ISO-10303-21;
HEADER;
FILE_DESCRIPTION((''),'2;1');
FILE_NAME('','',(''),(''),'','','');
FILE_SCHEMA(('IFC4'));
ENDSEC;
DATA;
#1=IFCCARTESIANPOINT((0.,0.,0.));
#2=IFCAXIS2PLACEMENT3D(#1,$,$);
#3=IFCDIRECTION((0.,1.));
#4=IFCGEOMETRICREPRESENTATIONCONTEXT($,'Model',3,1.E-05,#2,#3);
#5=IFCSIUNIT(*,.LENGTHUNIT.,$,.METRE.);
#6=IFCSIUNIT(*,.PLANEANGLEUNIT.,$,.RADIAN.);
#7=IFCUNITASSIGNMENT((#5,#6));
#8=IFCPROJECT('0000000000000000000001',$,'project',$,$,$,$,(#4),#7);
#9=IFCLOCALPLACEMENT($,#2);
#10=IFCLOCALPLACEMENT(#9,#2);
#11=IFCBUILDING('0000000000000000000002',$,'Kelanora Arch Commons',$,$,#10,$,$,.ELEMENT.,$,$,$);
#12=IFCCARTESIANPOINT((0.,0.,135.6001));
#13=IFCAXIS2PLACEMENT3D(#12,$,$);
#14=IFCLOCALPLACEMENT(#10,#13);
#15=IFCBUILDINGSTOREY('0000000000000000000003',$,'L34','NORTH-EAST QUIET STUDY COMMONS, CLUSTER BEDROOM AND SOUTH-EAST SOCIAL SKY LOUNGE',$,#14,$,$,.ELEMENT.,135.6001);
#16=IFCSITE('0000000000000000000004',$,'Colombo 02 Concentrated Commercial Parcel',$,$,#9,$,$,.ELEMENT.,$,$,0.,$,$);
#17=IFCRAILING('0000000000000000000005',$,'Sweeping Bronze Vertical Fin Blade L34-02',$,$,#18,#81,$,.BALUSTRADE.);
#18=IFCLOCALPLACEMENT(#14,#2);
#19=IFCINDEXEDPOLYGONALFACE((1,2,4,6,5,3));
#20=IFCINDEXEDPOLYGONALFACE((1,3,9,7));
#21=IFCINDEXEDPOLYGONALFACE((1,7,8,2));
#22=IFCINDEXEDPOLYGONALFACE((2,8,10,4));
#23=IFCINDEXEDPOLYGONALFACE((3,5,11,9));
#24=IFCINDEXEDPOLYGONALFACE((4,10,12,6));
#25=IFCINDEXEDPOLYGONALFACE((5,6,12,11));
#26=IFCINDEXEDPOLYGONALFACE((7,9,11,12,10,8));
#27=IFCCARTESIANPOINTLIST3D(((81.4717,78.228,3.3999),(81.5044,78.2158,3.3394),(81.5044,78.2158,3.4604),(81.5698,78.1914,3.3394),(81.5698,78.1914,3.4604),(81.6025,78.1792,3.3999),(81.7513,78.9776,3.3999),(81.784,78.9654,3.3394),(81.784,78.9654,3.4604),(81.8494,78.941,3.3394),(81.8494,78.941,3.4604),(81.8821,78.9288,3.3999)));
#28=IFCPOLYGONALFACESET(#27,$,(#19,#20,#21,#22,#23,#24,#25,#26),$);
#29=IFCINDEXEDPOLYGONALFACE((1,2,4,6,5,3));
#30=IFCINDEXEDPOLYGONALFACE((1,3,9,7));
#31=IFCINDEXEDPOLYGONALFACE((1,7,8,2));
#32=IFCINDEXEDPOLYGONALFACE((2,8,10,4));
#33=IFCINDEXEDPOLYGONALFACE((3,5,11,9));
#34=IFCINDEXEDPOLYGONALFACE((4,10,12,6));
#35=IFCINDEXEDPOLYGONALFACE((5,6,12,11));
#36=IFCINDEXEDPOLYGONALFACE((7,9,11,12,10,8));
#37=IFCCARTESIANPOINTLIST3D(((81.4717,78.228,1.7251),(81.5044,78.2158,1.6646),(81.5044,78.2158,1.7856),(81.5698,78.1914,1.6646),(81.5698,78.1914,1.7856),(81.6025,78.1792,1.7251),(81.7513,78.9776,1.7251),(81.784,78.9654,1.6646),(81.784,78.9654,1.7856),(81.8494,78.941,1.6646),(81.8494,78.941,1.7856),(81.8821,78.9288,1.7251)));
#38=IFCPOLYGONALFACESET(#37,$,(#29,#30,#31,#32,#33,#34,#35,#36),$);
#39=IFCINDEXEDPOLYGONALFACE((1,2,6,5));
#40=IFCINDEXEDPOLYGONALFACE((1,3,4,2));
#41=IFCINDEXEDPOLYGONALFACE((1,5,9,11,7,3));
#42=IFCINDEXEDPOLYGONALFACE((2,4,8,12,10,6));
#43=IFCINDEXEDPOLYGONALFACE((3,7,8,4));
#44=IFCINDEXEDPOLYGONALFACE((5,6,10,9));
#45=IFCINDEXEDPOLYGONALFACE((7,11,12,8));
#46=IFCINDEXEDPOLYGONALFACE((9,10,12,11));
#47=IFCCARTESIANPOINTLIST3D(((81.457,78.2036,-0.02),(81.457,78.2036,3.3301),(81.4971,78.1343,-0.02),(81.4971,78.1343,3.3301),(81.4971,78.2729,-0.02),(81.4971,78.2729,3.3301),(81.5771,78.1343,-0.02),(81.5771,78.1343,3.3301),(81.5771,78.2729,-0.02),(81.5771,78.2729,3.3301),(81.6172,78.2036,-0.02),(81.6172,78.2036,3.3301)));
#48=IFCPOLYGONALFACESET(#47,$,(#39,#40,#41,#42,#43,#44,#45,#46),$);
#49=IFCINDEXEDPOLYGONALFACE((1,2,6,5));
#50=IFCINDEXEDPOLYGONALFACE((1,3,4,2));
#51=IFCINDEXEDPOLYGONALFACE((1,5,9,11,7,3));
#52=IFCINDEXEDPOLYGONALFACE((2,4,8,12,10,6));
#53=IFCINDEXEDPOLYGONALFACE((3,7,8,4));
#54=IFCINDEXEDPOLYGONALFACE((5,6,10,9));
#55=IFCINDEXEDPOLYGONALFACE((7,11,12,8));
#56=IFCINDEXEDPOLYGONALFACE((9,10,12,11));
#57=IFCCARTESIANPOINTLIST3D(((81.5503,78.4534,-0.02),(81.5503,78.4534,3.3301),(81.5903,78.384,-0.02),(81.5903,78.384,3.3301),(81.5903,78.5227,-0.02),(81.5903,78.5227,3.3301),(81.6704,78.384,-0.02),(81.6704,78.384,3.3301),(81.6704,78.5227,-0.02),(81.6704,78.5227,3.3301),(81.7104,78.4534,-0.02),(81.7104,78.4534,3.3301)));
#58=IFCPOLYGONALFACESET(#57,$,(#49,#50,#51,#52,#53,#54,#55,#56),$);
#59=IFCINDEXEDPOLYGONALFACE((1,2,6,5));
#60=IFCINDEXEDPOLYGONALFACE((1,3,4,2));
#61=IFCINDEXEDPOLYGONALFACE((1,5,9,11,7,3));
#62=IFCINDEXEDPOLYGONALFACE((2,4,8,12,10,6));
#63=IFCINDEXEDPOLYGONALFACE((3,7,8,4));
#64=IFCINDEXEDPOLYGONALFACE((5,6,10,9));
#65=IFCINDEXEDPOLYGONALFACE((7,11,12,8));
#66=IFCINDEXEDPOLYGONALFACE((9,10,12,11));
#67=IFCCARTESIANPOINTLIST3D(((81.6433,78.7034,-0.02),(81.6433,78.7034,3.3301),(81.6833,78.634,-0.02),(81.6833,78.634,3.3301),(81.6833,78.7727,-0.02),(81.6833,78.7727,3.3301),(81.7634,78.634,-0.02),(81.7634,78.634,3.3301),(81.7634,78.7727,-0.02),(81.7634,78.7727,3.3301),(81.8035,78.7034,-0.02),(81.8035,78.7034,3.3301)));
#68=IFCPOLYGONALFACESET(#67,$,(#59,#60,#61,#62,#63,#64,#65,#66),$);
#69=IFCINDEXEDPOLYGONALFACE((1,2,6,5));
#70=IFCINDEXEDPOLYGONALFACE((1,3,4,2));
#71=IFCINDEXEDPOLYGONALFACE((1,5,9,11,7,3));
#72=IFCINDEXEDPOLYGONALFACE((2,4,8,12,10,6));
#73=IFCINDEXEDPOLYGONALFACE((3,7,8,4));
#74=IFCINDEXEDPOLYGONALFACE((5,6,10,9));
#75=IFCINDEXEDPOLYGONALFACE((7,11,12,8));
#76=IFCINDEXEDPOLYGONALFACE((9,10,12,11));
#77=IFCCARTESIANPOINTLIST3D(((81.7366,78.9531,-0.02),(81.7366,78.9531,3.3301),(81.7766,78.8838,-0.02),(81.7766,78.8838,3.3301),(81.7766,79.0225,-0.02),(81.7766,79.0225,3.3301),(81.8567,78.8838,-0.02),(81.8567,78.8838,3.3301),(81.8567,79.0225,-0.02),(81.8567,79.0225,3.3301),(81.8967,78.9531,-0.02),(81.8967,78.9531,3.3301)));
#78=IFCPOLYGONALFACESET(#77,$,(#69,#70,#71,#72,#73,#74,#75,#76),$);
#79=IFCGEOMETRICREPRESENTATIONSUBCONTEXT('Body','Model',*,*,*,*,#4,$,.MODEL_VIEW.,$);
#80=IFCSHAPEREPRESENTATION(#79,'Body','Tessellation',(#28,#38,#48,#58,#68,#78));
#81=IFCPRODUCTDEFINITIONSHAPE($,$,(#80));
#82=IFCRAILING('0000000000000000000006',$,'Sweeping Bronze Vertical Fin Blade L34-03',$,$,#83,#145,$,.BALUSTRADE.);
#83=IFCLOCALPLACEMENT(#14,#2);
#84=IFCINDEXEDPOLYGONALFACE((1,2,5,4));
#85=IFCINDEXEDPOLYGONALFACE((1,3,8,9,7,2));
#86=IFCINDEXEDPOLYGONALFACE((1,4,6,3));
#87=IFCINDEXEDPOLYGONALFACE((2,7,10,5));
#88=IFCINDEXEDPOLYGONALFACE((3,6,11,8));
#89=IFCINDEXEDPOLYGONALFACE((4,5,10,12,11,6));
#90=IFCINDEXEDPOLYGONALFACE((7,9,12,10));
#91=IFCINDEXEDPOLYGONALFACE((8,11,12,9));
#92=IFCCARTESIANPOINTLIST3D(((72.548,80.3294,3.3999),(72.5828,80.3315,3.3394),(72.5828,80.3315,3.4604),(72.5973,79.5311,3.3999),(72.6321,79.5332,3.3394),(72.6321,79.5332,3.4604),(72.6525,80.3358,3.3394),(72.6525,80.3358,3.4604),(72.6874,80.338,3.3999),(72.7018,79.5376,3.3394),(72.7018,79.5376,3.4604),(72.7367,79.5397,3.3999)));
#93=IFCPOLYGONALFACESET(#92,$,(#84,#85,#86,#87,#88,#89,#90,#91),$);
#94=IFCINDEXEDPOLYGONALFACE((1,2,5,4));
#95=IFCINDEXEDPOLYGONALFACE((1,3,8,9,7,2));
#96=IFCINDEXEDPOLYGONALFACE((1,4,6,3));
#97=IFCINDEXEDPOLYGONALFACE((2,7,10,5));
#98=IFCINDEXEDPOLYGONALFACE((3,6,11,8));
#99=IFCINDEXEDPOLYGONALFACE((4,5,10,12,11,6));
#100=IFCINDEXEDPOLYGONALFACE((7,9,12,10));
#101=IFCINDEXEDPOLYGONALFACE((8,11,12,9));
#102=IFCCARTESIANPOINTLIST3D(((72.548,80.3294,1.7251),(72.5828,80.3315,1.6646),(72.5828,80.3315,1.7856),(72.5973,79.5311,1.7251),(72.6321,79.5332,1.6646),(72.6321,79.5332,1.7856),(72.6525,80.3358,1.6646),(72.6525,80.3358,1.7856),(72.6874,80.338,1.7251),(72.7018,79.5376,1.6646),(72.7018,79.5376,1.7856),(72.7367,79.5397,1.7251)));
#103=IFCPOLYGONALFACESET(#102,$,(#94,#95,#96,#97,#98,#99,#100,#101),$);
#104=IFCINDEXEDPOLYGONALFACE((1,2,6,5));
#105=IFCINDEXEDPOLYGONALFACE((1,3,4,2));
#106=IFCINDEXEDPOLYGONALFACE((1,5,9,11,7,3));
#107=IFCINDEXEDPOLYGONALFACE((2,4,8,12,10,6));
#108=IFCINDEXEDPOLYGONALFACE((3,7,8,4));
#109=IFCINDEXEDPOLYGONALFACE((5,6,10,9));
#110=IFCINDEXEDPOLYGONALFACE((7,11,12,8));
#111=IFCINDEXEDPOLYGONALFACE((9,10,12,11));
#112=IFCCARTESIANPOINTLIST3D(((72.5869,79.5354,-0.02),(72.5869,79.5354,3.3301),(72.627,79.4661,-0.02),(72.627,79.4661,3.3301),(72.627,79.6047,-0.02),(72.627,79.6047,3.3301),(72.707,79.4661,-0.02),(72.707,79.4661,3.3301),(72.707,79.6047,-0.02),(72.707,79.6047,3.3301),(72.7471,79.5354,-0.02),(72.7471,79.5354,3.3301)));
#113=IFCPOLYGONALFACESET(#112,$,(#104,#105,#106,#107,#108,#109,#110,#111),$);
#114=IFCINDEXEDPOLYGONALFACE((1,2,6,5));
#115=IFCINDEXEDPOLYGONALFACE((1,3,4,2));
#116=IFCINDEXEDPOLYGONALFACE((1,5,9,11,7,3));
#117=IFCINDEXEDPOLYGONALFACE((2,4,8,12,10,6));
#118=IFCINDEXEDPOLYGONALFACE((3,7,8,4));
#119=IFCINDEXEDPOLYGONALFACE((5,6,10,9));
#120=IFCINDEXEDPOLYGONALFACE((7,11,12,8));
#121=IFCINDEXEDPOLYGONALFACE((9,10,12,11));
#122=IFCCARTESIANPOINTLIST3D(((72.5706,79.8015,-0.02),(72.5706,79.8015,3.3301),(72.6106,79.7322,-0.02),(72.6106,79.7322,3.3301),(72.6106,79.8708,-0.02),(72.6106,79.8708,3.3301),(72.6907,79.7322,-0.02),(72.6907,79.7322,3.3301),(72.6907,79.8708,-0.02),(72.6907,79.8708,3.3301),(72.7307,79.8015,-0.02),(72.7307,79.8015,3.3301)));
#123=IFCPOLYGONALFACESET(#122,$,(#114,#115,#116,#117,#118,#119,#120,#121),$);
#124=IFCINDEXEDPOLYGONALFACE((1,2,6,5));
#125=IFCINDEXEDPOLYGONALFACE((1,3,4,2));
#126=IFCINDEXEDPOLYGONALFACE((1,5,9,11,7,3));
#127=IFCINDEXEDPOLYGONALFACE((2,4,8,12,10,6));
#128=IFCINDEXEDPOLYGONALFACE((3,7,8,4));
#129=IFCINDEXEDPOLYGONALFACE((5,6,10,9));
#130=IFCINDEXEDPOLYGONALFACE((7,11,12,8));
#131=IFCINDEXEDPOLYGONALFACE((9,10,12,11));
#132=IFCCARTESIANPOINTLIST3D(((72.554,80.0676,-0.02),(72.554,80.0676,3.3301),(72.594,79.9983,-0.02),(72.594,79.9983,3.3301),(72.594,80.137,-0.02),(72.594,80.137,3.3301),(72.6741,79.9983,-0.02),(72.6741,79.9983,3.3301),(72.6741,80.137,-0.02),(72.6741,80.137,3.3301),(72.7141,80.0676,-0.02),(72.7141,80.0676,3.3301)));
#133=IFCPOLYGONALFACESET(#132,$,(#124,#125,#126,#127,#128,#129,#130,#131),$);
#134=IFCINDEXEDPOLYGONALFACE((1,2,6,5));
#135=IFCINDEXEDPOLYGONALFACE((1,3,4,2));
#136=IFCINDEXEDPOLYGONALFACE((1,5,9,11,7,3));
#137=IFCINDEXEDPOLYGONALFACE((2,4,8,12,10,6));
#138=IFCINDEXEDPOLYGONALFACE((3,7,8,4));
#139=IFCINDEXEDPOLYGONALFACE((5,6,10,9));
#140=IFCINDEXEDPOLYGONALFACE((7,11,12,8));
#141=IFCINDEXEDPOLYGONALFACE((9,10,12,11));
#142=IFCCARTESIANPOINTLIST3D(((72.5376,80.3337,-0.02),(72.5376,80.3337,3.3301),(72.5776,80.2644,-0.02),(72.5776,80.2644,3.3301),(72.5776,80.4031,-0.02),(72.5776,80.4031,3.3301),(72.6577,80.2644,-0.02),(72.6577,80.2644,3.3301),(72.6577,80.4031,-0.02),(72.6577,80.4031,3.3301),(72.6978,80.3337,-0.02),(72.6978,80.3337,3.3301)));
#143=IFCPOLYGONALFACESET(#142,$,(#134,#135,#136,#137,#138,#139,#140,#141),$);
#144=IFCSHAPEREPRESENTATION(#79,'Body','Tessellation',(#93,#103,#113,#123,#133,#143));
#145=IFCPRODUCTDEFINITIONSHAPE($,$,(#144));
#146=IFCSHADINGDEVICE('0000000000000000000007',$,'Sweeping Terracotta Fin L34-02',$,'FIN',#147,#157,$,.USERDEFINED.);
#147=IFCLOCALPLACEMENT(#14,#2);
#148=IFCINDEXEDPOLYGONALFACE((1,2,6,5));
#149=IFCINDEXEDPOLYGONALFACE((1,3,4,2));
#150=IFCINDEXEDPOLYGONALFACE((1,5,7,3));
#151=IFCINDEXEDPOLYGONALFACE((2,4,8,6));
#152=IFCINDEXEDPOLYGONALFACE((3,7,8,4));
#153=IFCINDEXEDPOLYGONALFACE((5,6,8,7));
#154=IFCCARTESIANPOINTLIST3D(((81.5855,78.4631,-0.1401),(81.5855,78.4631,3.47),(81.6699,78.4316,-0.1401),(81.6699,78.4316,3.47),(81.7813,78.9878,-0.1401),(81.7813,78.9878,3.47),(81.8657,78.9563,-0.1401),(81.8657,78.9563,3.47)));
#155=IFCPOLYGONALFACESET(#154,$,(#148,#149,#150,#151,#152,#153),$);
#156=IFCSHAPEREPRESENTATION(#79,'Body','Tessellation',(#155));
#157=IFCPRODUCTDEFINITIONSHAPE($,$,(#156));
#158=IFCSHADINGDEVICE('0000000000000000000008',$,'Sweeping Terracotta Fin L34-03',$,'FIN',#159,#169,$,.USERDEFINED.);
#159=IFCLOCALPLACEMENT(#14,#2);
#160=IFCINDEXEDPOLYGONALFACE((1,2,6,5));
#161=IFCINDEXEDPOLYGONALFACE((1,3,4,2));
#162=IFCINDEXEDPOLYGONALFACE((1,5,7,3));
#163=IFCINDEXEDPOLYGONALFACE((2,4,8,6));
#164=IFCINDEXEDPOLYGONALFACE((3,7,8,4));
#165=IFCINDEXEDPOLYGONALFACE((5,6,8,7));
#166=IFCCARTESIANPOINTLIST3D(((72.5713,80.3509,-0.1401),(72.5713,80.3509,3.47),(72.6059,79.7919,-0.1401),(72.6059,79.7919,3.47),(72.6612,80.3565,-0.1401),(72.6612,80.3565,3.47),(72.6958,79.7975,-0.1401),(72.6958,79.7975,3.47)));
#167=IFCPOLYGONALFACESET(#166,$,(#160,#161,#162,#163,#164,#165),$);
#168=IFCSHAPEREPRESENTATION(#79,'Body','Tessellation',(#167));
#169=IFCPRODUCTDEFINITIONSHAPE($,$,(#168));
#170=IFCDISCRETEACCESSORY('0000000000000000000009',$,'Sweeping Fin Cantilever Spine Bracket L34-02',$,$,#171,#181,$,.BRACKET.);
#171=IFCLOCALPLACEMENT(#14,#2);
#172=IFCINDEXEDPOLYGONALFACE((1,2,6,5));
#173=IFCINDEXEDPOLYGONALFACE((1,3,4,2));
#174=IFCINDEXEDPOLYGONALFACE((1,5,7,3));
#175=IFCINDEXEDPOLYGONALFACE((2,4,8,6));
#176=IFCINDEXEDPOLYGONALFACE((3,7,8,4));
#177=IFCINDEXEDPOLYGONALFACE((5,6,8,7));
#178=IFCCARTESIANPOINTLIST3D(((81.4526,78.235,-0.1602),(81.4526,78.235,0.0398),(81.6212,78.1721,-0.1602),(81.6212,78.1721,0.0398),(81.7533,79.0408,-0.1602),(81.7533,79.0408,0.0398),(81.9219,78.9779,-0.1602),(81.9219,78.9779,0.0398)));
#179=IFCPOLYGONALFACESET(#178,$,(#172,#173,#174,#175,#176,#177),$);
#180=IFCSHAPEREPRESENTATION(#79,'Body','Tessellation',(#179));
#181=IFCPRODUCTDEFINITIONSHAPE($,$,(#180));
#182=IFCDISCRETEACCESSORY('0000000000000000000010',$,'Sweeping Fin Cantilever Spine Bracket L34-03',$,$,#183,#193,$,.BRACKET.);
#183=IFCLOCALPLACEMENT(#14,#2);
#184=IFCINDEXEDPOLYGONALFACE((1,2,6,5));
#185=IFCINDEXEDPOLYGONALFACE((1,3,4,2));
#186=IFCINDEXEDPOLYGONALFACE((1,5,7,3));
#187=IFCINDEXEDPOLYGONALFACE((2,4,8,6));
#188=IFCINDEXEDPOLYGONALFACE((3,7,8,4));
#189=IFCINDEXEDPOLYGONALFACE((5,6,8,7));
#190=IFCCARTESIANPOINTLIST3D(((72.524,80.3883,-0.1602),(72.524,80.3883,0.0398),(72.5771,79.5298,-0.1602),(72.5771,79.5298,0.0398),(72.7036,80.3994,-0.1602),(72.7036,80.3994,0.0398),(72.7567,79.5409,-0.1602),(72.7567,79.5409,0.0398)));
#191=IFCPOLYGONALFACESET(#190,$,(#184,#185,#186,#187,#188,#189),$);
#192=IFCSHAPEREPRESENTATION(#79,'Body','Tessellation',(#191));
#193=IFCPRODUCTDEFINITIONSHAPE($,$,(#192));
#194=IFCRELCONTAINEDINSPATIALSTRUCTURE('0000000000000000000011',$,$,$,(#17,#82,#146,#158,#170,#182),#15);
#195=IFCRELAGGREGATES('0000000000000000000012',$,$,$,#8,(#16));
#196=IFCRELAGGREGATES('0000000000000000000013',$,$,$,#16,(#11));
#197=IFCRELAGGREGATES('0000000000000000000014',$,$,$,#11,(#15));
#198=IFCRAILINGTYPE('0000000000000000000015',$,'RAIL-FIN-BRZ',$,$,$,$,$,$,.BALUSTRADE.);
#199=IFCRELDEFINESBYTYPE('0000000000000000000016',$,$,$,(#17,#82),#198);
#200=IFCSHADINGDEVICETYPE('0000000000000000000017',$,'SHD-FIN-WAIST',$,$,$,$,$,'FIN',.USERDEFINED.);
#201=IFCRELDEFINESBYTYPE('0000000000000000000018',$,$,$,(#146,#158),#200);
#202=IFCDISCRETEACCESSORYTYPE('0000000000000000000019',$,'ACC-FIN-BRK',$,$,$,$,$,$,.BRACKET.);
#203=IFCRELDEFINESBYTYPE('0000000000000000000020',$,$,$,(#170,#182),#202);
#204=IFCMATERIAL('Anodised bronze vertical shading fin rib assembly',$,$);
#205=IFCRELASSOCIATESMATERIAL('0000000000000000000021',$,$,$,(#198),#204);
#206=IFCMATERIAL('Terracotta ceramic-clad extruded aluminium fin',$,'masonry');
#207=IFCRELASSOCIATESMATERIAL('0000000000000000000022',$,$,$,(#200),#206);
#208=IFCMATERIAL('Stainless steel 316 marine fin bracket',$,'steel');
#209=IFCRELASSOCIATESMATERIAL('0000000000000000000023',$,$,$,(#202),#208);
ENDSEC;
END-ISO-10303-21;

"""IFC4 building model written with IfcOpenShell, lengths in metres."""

from ifc_helpers import new_model, si_unit, direction, frame, origin, origin_2d, place, context, subcontext, project, spatial, polyline, rectangle, outline, extrude, source, transform, mapped, material, type_object, element, save


model = new_model("IFC4")

# Units and contexts
model_context = context("Model", 3, precision=1e-05, world=origin(), true_north=direction((0.0, 1.0)))
body_context = subcontext(model_context, "Body", "Model", "MODEL_VIEW")
ifc_project = project(units=[si_unit("LENGTHUNIT", "METRE"), si_unit("PLANEANGLEUNIT", "RADIAN")], contexts=[model_context])

# Site, building, storey
site_placement = place(None, origin())
site = spatial("IfcSite", under=ifc_project, at=site_placement, Name="Colombo 02 Concentrated Commercial Parcel", CompositionType="ELEMENT", RefElevation=0.0)
building_placement = place(site_placement, origin())
building = spatial("IfcBuilding", under=site, at=building_placement, Name="Kelanora Arch Commons", CompositionType="ELEMENT")
storey_placement = place(building_placement, frame((0.0, 0.0, 135.6001)))
storey = spatial("IfcBuildingStorey", under=building, at=storey_placement, Name="L34", Description="NORTH-EAST QUIET STUDY COMMONS, CLUSTER BEDROOM AND SOUTH-EAST SOCIAL SKY LOUNGE", CompositionType="ELEMENT", Elevation=135.6001)

# Railings
ifc_material_1 = material(Name="Anodised bronze vertical shading fin rib assembly")
railing_type = type_object("IfcRailingType", Name="RAIL-FIN-BRZ", PredefinedType="BALUSTRADE", material=ifc_material_1)
railing_1_placement = place(storey_placement, frame((81.5371, 78.2036, -0.02)))
element("IfcRailing", 1, at=railing_1_placement, inside=storey, type_object=railing_type, Name="Sweeping Bronze Vertical Fin Blade L34-02", PredefinedType="BALUSTRADE", context=body_context, shape_type="SweptSolid", body=[
    extrude(outline(polyline([(0.0698, 0.0), (0.0349, 0.0605), (-0.0349, 0.0605), (-0.0698, 0.0), (-0.0349, -0.0605), (0.0349, -0.0605), (0.0698, 0.0)])), frame((0.0, 0.0, 3.4199), z_axis=(0.349451, 0.936955, 0.0), x_axis=(-0.936955, 0.349451, 0.0)), (0.0, 0.0, 1.0), 0.8),
    extrude(outline(polyline([(0.0698, 0.0), (0.0349, 0.0605), (-0.0349, 0.0605), (-0.0698, 0.0), (-0.0349, -0.0605), (0.0349, -0.0605), (0.0698, 0.0)])), frame((0.0, 0.0, 1.7451), z_axis=(0.349451, 0.936955, 0.0), x_axis=(-0.936955, 0.349451, 0.0)), (0.0, 0.0, 1.0), 0.8),
    extrude(outline(polyline([(0.0801, 0.0), (0.04, 0.0693), (-0.04, 0.0693), (-0.0801, 0.0), (-0.04, -0.0693), (0.04, -0.0693), (0.0801, 0.0)])), origin(), (0.0, 0.0, 1.0), 3.3501),
    extrude(outline(polyline([(0.0801, 0.0), (0.04, 0.0693), (-0.04, 0.0693), (-0.0801, 0.0), (-0.04, -0.0693), (0.04, -0.0693), (0.0801, 0.0)])), frame((0.0933, 0.2498, 0.0)), (0.0, 0.0, 1.0), 3.3501),
    extrude(outline(polyline([(0.0801, 0.0), (0.04, 0.0693), (-0.04, 0.0693), (-0.0801, 0.0), (-0.04, -0.0693), (0.04, -0.0693), (0.0801, 0.0)])), frame((0.1863, 0.4998, 0.0)), (0.0, 0.0, 1.0), 3.3501),
    extrude(outline(polyline([(0.0801, 0.0), (0.04, 0.0693), (-0.04, 0.0693), (-0.0801, 0.0), (-0.04, -0.0693), (0.04, -0.0693), (0.0801, 0.0)])), frame((0.2795, 0.7495, 0.0)), (0.0, 0.0, 1.0), 3.3501),
])
railing_2_placement = place(storey_placement, frame((72.667, 79.5354, -0.02)))
element("IfcRailing", 2, at=railing_2_placement, inside=storey, type_object=railing_type, Name="Sweeping Bronze Vertical Fin Blade L34-03", PredefinedType="BALUSTRADE", context=body_context, shape_type="SweptSolid", body=[
    extrude(outline(polyline([(0.0698, 0.0), (0.0349, 0.0605), (-0.0349, 0.0605), (-0.0698, 0.0), (-0.0349, -0.0605), (0.0349, -0.0605), (0.0698, 0.0)])), frame((0.0, 0.0, 3.4199), z_axis=(-0.061656, 0.998097, 0.0), x_axis=(-0.998097, -0.061656, 0.0)), (0.0, 0.0, 1.0), 0.7998),
    extrude(outline(polyline([(0.0698, 0.0), (0.0349, 0.0605), (-0.0349, 0.0605), (-0.0698, 0.0), (-0.0349, -0.0605), (0.0349, -0.0605), (0.0698, 0.0)])), frame((0.0, 0.0, 1.7451), z_axis=(-0.061656, 0.998097, 0.0), x_axis=(-0.998097, -0.061656, 0.0)), (0.0, 0.0, 1.0), 0.7998),
    extrude(outline(polyline([(0.0801, 0.0), (0.04, 0.0693), (-0.04, 0.0693), (-0.0801, 0.0), (-0.04, -0.0693), (0.04, -0.0693), (0.0801, 0.0)])), origin(), (0.0, 0.0, 1.0), 3.3501),
    extrude(outline(polyline([(0.0801, 0.0), (0.04, 0.0693), (-0.04, 0.0693), (-0.0801, 0.0), (-0.04, -0.0693), (0.04, -0.0693), (0.0801, 0.0)])), frame((-0.0164, 0.2661, 0.0)), (0.0, 0.0, 1.0), 3.3501),
    extrude(outline(polyline([(0.0801, 0.0), (0.04, 0.0693), (-0.04, 0.0693), (-0.0801, 0.0), (-0.04, -0.0693), (0.04, -0.0693), (0.0801, 0.0)])), frame((-0.033, 0.5322, 0.0)), (0.0, 0.0, 1.0), 3.3501),
    extrude(outline(polyline([(0.0801, 0.0), (0.04, 0.0693), (-0.04, 0.0693), (-0.0801, 0.0), (-0.04, -0.0693), (0.04, -0.0693), (0.0801, 0.0)])), frame((-0.0493, 0.7983, 0.0)), (0.0, 0.0, 1.0), 3.3501),
])

# Shading devices
ifc_material_2 = material(Name="Terracotta ceramic-clad extruded aluminium fin", Category="masonry")
shading_device_type = type_object("IfcShadingDeviceType", Name="SHD-FIN-WAIST", ElementType="FIN", PredefinedType="USERDEFINED", material=ifc_material_2)
shared_shape_1 = source(origin(), body_context, "Body", "SweptSolid", [
    extrude(rectangle(XDim=0.5601, YDim=0.0901, at=origin_2d()), origin(), (0.0, 0.0, 1.0), 3.6101),
])
for number, where, z_axis, x_axis, name in (
    (3, (81.7256, 78.7097, -0.1401), (0.0, 0.0, 1.0), (0.349553, 0.936916, 0.0), "Sweeping Terracotta Fin L34-02"),
    (4, (72.6335, 80.0742, -0.1401), (0.0, 0.0, 1.0), (-0.061745, 0.998092, 0.0), "Sweeping Terracotta Fin L34-03"),
):
    element("IfcShadingDevice", number, at=place(storey_placement, frame(where, z_axis=z_axis, x_axis=x_axis)), inside=storey, type_object=shading_device_type, Name=name, ObjectType="FIN", PredefinedType="USERDEFINED", context=body_context, shape_type="MappedRepresentation", body=[
        mapped(shared_shape_1, transform((0.0, 0.0, 0.0), scale=1.0)),
    ])

# Discrete accessories
ifc_material_3 = material(Name="Stainless steel 316 marine fin bracket", Category="steel")
discrete_accessory_type = type_object("IfcDiscreteAccessoryType", Name="ACC-FIN-BRK", PredefinedType="BRACKET", material=ifc_material_3)
shared_shape_2 = source(origin(), body_context, "Body", "SweptSolid", [
    extrude(rectangle(XDim=0.8601, YDim=0.1799, at=origin_2d()), origin(), (0.0, 0.0, 1.0), 0.2),
])
for number, where, z_axis, x_axis, name in (
    (5, (81.6873, 78.6064, -0.1602), (0.0, 0.0, 1.0), (0.349553, 0.936916, 0.0), "Sweeping Fin Cantilever Spine Bracket L34-02"),
    (6, (72.6404, 79.9646, -0.1602), (0.0, 0.0, 1.0), (-0.061745, 0.998092, 0.0), "Sweeping Fin Cantilever Spine Bracket L34-03"),
):
    element("IfcDiscreteAccessory", number, at=place(storey_placement, frame(where, z_axis=z_axis, x_axis=x_axis)), inside=storey, type_object=discrete_accessory_type, Name=name, PredefinedType="BRACKET", context=body_context, shape_type="MappedRepresentation", body=[
        mapped(shared_shape_2, transform((0.0, 0.0, 0.0), scale=1.0)),
    ])

save(model, "model.ifc")
